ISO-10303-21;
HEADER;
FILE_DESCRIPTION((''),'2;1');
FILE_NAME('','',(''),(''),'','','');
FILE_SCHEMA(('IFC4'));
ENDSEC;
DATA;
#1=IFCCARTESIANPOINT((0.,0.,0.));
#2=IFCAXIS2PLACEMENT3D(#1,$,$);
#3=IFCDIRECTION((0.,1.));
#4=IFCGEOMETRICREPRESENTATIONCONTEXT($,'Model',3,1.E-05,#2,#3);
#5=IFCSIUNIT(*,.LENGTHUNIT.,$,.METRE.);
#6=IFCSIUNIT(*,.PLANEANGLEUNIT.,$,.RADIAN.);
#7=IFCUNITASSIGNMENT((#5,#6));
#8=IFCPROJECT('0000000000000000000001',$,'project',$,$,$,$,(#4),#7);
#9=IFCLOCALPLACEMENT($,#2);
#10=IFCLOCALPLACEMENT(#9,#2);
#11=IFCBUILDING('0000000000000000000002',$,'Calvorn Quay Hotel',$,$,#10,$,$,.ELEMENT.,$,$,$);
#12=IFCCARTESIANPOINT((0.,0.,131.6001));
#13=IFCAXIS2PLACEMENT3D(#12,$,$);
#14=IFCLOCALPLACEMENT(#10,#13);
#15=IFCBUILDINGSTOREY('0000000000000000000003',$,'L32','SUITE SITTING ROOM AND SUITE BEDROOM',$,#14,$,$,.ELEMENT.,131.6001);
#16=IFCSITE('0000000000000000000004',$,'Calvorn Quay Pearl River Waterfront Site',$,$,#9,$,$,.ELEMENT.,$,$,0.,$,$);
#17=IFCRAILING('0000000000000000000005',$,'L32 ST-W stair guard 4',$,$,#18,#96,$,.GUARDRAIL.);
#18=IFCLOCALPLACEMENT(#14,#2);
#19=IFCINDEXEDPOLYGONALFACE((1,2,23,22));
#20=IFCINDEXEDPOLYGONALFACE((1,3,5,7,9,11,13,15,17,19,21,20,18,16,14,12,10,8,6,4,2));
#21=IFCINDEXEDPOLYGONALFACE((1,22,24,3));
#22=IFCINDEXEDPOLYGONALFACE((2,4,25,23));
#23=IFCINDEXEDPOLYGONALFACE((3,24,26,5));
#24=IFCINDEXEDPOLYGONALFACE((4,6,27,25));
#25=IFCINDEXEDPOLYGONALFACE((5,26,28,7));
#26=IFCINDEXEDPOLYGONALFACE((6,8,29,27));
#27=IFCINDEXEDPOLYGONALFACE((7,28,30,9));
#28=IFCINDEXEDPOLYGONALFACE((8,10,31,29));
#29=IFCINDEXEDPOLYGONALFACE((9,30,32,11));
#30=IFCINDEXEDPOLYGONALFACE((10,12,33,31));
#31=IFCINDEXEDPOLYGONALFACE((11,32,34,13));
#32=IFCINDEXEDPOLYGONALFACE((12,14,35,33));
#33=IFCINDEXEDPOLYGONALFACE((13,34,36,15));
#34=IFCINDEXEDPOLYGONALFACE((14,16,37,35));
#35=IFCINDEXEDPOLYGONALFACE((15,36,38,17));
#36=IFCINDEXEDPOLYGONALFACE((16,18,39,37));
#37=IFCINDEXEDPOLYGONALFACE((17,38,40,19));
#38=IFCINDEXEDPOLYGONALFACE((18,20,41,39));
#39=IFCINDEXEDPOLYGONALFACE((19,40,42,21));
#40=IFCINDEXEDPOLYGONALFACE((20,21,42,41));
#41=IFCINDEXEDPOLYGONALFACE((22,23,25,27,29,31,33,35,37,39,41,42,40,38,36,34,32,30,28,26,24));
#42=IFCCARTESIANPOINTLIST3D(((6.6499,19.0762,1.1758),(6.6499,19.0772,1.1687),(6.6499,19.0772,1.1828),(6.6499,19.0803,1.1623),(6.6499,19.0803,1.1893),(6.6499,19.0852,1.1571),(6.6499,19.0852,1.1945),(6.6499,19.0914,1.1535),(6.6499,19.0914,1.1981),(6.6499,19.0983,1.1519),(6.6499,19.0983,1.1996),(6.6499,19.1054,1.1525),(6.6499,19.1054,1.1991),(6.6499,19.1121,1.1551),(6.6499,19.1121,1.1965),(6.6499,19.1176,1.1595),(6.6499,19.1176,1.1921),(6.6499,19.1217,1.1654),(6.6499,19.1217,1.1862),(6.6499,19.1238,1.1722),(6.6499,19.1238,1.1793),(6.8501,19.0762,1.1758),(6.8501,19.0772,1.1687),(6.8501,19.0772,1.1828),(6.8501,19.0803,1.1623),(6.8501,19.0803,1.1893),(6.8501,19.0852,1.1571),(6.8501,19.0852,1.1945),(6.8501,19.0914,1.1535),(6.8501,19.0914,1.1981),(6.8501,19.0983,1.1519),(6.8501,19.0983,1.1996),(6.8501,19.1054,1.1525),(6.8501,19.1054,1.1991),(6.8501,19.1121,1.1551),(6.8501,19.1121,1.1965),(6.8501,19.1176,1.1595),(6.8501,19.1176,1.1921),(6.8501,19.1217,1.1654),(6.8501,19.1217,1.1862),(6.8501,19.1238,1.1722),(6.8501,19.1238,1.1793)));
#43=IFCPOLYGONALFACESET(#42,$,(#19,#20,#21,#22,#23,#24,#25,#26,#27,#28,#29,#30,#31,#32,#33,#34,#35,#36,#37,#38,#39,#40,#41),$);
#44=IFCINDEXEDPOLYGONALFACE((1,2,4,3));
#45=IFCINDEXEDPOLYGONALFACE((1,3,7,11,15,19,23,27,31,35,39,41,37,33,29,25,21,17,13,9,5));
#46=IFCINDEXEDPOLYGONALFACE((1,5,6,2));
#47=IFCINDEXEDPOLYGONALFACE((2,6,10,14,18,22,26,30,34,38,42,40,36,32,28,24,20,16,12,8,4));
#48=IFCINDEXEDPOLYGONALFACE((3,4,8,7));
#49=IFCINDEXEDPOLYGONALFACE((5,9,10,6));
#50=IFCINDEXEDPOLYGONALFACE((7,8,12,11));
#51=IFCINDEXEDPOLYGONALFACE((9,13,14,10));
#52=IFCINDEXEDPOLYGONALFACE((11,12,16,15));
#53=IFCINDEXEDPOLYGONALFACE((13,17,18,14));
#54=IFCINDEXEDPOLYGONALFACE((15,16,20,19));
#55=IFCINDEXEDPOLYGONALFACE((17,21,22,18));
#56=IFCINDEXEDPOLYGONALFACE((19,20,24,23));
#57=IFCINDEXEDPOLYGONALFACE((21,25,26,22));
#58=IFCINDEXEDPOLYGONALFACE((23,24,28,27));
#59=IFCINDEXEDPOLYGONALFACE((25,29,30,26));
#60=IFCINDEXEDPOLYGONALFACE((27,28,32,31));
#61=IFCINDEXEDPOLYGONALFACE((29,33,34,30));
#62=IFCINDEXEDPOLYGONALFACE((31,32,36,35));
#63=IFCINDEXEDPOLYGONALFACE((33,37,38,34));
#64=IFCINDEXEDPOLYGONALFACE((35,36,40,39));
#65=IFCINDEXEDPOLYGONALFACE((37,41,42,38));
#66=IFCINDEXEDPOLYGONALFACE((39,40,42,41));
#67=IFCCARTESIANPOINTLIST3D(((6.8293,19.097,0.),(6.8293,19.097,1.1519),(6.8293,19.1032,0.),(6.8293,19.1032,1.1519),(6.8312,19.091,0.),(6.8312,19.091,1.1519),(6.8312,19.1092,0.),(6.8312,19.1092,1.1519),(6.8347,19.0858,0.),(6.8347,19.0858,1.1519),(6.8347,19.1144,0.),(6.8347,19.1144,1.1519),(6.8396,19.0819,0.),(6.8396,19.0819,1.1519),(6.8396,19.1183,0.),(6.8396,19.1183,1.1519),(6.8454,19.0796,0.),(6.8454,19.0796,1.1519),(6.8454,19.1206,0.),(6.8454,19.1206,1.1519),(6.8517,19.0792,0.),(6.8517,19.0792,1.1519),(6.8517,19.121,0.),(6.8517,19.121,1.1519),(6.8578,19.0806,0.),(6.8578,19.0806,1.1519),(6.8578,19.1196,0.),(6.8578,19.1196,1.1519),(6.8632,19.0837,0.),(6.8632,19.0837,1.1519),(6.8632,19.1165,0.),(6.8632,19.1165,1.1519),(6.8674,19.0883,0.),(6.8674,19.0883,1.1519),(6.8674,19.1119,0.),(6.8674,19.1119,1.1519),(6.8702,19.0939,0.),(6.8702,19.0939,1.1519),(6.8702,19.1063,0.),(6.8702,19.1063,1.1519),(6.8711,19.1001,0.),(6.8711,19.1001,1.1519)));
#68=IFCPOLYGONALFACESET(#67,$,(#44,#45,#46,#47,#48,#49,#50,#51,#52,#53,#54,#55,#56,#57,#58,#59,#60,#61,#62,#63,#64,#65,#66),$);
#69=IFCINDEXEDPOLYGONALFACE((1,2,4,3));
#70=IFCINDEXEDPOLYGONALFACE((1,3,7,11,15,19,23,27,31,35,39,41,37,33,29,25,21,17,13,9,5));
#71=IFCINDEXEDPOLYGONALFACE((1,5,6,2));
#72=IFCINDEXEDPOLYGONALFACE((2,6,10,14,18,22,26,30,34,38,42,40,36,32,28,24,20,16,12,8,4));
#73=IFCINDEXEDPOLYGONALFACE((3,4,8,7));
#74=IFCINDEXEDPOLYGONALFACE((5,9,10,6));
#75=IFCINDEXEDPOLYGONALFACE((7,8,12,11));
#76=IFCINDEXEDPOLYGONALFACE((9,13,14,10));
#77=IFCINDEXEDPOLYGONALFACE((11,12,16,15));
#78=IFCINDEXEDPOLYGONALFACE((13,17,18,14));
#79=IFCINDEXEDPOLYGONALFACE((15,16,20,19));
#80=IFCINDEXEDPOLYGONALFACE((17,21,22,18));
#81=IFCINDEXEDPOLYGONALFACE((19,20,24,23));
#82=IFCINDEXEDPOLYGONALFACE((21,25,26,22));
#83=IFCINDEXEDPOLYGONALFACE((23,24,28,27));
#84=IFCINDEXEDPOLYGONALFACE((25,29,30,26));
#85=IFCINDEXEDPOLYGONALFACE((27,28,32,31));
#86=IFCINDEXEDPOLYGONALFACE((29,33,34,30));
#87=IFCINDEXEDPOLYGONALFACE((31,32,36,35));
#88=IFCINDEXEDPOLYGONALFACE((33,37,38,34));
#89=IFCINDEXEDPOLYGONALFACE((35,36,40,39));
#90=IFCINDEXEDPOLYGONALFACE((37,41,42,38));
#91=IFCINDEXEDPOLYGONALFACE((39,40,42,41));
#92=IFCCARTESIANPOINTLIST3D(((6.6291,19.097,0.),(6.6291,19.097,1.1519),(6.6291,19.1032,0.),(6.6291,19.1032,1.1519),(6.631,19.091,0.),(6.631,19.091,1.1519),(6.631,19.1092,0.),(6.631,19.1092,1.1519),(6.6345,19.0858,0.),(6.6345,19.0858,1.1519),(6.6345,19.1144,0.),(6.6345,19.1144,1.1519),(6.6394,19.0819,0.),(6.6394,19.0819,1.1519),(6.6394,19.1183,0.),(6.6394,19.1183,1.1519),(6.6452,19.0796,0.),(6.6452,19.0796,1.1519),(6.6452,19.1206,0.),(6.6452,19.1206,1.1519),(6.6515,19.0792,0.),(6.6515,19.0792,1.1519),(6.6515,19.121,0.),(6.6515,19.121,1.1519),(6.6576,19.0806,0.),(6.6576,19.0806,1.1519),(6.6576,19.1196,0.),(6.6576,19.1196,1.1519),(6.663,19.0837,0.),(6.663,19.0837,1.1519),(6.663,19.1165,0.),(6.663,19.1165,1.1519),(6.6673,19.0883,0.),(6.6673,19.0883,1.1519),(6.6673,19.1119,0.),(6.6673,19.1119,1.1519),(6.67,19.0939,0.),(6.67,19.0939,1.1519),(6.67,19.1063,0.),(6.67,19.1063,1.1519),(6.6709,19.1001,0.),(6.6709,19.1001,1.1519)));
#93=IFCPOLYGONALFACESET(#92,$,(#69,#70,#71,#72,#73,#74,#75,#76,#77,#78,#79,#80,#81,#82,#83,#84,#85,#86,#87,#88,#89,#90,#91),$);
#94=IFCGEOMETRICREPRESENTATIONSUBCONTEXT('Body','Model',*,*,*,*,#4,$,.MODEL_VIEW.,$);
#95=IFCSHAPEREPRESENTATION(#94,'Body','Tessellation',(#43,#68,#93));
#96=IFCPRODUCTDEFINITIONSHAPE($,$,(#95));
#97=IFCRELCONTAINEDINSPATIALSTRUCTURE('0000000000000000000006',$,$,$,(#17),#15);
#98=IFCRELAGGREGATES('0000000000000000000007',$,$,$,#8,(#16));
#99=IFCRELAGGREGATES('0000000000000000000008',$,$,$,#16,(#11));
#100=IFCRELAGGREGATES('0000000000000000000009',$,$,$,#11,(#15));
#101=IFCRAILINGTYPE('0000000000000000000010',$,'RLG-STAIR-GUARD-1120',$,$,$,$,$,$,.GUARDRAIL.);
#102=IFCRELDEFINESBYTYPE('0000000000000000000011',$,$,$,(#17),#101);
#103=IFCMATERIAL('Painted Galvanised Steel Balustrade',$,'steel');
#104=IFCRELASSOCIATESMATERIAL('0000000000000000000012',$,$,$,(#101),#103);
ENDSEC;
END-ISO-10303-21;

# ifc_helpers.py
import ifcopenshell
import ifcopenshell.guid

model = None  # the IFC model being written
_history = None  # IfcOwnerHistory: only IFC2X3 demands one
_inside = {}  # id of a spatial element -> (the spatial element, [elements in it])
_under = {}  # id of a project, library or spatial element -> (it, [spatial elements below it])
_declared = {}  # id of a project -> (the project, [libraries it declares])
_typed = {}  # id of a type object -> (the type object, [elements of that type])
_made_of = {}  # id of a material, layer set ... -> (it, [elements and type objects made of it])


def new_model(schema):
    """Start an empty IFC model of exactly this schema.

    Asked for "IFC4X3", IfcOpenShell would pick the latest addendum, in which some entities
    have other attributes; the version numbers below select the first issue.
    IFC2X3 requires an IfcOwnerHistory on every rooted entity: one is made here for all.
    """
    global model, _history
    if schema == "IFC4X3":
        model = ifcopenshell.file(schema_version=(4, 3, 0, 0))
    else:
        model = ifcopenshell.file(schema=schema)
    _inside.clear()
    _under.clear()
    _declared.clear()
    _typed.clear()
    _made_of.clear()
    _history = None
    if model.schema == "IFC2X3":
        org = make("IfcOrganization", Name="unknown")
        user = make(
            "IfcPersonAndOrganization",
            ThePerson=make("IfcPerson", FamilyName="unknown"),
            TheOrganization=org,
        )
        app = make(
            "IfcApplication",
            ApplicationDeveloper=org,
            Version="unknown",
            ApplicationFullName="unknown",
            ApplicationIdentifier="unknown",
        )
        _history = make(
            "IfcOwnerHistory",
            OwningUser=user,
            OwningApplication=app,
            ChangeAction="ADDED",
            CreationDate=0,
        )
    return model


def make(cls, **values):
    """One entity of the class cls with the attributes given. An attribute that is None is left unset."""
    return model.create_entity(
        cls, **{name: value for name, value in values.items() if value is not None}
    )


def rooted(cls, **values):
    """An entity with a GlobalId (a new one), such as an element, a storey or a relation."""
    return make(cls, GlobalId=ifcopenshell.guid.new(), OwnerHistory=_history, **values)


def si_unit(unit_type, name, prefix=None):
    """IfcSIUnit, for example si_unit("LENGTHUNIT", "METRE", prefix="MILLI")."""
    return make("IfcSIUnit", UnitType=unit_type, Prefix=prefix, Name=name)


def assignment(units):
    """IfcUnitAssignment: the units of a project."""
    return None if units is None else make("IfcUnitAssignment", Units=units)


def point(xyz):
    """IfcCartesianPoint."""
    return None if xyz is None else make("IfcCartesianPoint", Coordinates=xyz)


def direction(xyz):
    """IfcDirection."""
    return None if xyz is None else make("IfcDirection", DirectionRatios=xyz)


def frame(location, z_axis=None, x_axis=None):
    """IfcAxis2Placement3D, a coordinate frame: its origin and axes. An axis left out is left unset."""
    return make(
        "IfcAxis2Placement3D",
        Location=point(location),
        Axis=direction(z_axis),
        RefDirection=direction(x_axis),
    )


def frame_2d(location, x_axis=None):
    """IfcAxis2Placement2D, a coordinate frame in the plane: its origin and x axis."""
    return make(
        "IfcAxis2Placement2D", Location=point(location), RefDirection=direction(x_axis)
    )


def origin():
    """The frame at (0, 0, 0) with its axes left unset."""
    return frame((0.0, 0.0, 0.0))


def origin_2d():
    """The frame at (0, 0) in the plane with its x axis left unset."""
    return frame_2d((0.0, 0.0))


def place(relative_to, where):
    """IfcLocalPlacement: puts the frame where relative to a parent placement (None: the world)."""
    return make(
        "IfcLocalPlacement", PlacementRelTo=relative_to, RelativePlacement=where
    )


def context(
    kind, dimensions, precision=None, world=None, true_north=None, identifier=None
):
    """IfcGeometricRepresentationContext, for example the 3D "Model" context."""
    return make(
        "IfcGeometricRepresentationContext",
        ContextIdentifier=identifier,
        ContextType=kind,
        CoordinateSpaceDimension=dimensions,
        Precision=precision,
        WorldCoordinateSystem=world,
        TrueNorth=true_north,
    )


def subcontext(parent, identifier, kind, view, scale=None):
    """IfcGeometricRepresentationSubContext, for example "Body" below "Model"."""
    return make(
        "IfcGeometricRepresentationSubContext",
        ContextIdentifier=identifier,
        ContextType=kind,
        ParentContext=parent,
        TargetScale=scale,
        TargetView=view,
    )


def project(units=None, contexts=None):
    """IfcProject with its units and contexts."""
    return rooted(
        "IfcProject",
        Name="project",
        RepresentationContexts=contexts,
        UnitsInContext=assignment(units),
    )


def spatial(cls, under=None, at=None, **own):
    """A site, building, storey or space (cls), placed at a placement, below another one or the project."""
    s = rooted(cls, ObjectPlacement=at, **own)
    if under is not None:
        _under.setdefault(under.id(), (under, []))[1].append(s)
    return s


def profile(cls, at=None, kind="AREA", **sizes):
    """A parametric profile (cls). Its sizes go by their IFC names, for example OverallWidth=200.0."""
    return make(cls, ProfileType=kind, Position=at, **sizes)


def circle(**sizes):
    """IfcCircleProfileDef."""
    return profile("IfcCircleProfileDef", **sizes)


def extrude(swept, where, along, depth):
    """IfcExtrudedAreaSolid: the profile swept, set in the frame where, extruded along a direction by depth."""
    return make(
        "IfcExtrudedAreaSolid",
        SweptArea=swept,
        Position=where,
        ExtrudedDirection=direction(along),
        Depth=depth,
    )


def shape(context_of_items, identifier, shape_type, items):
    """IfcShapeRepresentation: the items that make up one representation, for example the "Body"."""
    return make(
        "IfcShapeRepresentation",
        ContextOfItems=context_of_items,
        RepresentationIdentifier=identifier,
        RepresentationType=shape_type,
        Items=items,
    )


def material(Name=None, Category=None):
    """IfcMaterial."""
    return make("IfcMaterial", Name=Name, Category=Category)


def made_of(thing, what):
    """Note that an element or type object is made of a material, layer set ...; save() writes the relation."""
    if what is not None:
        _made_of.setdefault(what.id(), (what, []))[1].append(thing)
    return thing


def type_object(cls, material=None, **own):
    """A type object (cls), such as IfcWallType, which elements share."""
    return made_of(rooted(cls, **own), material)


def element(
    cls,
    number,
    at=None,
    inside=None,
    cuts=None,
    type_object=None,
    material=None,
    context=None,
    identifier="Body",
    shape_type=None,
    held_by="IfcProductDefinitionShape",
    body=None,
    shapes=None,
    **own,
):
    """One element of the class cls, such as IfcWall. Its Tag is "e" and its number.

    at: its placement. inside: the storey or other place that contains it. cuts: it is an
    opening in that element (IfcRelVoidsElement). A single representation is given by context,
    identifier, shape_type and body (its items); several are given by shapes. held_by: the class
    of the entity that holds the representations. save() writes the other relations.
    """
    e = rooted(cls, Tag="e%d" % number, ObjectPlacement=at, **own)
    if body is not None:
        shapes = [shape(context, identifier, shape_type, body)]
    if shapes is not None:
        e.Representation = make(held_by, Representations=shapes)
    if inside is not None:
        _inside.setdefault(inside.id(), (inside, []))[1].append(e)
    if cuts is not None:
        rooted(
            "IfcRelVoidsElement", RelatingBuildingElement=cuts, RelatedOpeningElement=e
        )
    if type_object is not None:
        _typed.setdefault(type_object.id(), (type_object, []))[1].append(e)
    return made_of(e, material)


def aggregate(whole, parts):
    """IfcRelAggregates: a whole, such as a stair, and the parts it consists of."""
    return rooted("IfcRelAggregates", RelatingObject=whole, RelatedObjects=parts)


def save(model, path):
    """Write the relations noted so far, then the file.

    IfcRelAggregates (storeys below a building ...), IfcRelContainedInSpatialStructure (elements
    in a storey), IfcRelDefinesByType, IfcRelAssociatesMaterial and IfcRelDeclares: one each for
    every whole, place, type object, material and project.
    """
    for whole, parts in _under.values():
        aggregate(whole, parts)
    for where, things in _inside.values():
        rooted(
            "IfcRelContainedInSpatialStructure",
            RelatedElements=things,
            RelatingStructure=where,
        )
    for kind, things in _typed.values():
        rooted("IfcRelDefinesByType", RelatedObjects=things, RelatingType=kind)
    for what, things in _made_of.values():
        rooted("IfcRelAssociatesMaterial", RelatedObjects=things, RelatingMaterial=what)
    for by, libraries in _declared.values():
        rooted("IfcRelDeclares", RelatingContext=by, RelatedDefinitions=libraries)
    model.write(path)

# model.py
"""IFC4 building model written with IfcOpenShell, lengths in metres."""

from ifc_helpers import new_model, si_unit, direction, frame, origin, origin_2d, place, context, subcontext, project, spatial, circle, extrude, material, type_object, element, save


model = new_model("IFC4")

# Units and contexts
model_context = context("Model", 3, precision=1e-05, world=origin(), true_north=direction((0.0, 1.0)))
body_context = subcontext(model_context, "Body", "Model", "MODEL_VIEW")
ifc_project = project(units=[si_unit("LENGTHUNIT", "METRE"), si_unit("PLANEANGLEUNIT", "RADIAN")], contexts=[model_context])

# Site, building, storey
site_placement = place(None, origin())
site = spatial("IfcSite", under=ifc_project, at=site_placement, Name="Calvorn Quay Pearl River Waterfront Site", CompositionType="ELEMENT", RefElevation=0.0)
building_placement = place(site_placement, origin())
building = spatial("IfcBuilding", under=site, at=building_placement, Name="Calvorn Quay Hotel", CompositionType="ELEMENT")
storey_placement = place(building_placement, frame((0.0, 0.0, 131.6001)))
storey = spatial("IfcBuildingStorey", under=building, at=storey_placement, Name="L32", Description="SUITE SITTING ROOM AND SUITE BEDROOM", CompositionType="ELEMENT", Elevation=131.6001)

# Railing
ifc_material_1 = material(Name="Painted Galvanised Steel Balustrade", Category="steel")
railing_type_1 = type_object("IfcRailingType", Name="RLG-STAIR-GUARD-1120", PredefinedType="GUARDRAIL", material=ifc_material_1)
railing_1_placement = place(storey_placement, frame((6.8501, 19.1001, 0.0)))
element("IfcRailing", 1, at=railing_1_placement, inside=storey, type_object=railing_type_1, Name="L32 ST-W stair guard 4", PredefinedType="GUARDRAIL", context=body_context, shape_type="SweptSolid", body=[
    extrude(circle(Radius=0.0239, at=origin_2d()), frame((0.0, 0.0, 1.1758), z_axis=(-1.0, 0.0, 0.0), x_axis=(0.0, -1.0, 0.0)), (0.0, 0.0, 1.0), 0.2002),
    extrude(circle(Radius=0.021, at=origin_2d()), origin(), (0.0, 0.0, 1.0), 1.1519),
    extrude(circle(Radius=0.021, at=origin_2d()), frame((-0.2002, 0.0, 0.0)), (0.0, 0.0, 1.0), 1.1519),
])

save(model, "model.ifc")
